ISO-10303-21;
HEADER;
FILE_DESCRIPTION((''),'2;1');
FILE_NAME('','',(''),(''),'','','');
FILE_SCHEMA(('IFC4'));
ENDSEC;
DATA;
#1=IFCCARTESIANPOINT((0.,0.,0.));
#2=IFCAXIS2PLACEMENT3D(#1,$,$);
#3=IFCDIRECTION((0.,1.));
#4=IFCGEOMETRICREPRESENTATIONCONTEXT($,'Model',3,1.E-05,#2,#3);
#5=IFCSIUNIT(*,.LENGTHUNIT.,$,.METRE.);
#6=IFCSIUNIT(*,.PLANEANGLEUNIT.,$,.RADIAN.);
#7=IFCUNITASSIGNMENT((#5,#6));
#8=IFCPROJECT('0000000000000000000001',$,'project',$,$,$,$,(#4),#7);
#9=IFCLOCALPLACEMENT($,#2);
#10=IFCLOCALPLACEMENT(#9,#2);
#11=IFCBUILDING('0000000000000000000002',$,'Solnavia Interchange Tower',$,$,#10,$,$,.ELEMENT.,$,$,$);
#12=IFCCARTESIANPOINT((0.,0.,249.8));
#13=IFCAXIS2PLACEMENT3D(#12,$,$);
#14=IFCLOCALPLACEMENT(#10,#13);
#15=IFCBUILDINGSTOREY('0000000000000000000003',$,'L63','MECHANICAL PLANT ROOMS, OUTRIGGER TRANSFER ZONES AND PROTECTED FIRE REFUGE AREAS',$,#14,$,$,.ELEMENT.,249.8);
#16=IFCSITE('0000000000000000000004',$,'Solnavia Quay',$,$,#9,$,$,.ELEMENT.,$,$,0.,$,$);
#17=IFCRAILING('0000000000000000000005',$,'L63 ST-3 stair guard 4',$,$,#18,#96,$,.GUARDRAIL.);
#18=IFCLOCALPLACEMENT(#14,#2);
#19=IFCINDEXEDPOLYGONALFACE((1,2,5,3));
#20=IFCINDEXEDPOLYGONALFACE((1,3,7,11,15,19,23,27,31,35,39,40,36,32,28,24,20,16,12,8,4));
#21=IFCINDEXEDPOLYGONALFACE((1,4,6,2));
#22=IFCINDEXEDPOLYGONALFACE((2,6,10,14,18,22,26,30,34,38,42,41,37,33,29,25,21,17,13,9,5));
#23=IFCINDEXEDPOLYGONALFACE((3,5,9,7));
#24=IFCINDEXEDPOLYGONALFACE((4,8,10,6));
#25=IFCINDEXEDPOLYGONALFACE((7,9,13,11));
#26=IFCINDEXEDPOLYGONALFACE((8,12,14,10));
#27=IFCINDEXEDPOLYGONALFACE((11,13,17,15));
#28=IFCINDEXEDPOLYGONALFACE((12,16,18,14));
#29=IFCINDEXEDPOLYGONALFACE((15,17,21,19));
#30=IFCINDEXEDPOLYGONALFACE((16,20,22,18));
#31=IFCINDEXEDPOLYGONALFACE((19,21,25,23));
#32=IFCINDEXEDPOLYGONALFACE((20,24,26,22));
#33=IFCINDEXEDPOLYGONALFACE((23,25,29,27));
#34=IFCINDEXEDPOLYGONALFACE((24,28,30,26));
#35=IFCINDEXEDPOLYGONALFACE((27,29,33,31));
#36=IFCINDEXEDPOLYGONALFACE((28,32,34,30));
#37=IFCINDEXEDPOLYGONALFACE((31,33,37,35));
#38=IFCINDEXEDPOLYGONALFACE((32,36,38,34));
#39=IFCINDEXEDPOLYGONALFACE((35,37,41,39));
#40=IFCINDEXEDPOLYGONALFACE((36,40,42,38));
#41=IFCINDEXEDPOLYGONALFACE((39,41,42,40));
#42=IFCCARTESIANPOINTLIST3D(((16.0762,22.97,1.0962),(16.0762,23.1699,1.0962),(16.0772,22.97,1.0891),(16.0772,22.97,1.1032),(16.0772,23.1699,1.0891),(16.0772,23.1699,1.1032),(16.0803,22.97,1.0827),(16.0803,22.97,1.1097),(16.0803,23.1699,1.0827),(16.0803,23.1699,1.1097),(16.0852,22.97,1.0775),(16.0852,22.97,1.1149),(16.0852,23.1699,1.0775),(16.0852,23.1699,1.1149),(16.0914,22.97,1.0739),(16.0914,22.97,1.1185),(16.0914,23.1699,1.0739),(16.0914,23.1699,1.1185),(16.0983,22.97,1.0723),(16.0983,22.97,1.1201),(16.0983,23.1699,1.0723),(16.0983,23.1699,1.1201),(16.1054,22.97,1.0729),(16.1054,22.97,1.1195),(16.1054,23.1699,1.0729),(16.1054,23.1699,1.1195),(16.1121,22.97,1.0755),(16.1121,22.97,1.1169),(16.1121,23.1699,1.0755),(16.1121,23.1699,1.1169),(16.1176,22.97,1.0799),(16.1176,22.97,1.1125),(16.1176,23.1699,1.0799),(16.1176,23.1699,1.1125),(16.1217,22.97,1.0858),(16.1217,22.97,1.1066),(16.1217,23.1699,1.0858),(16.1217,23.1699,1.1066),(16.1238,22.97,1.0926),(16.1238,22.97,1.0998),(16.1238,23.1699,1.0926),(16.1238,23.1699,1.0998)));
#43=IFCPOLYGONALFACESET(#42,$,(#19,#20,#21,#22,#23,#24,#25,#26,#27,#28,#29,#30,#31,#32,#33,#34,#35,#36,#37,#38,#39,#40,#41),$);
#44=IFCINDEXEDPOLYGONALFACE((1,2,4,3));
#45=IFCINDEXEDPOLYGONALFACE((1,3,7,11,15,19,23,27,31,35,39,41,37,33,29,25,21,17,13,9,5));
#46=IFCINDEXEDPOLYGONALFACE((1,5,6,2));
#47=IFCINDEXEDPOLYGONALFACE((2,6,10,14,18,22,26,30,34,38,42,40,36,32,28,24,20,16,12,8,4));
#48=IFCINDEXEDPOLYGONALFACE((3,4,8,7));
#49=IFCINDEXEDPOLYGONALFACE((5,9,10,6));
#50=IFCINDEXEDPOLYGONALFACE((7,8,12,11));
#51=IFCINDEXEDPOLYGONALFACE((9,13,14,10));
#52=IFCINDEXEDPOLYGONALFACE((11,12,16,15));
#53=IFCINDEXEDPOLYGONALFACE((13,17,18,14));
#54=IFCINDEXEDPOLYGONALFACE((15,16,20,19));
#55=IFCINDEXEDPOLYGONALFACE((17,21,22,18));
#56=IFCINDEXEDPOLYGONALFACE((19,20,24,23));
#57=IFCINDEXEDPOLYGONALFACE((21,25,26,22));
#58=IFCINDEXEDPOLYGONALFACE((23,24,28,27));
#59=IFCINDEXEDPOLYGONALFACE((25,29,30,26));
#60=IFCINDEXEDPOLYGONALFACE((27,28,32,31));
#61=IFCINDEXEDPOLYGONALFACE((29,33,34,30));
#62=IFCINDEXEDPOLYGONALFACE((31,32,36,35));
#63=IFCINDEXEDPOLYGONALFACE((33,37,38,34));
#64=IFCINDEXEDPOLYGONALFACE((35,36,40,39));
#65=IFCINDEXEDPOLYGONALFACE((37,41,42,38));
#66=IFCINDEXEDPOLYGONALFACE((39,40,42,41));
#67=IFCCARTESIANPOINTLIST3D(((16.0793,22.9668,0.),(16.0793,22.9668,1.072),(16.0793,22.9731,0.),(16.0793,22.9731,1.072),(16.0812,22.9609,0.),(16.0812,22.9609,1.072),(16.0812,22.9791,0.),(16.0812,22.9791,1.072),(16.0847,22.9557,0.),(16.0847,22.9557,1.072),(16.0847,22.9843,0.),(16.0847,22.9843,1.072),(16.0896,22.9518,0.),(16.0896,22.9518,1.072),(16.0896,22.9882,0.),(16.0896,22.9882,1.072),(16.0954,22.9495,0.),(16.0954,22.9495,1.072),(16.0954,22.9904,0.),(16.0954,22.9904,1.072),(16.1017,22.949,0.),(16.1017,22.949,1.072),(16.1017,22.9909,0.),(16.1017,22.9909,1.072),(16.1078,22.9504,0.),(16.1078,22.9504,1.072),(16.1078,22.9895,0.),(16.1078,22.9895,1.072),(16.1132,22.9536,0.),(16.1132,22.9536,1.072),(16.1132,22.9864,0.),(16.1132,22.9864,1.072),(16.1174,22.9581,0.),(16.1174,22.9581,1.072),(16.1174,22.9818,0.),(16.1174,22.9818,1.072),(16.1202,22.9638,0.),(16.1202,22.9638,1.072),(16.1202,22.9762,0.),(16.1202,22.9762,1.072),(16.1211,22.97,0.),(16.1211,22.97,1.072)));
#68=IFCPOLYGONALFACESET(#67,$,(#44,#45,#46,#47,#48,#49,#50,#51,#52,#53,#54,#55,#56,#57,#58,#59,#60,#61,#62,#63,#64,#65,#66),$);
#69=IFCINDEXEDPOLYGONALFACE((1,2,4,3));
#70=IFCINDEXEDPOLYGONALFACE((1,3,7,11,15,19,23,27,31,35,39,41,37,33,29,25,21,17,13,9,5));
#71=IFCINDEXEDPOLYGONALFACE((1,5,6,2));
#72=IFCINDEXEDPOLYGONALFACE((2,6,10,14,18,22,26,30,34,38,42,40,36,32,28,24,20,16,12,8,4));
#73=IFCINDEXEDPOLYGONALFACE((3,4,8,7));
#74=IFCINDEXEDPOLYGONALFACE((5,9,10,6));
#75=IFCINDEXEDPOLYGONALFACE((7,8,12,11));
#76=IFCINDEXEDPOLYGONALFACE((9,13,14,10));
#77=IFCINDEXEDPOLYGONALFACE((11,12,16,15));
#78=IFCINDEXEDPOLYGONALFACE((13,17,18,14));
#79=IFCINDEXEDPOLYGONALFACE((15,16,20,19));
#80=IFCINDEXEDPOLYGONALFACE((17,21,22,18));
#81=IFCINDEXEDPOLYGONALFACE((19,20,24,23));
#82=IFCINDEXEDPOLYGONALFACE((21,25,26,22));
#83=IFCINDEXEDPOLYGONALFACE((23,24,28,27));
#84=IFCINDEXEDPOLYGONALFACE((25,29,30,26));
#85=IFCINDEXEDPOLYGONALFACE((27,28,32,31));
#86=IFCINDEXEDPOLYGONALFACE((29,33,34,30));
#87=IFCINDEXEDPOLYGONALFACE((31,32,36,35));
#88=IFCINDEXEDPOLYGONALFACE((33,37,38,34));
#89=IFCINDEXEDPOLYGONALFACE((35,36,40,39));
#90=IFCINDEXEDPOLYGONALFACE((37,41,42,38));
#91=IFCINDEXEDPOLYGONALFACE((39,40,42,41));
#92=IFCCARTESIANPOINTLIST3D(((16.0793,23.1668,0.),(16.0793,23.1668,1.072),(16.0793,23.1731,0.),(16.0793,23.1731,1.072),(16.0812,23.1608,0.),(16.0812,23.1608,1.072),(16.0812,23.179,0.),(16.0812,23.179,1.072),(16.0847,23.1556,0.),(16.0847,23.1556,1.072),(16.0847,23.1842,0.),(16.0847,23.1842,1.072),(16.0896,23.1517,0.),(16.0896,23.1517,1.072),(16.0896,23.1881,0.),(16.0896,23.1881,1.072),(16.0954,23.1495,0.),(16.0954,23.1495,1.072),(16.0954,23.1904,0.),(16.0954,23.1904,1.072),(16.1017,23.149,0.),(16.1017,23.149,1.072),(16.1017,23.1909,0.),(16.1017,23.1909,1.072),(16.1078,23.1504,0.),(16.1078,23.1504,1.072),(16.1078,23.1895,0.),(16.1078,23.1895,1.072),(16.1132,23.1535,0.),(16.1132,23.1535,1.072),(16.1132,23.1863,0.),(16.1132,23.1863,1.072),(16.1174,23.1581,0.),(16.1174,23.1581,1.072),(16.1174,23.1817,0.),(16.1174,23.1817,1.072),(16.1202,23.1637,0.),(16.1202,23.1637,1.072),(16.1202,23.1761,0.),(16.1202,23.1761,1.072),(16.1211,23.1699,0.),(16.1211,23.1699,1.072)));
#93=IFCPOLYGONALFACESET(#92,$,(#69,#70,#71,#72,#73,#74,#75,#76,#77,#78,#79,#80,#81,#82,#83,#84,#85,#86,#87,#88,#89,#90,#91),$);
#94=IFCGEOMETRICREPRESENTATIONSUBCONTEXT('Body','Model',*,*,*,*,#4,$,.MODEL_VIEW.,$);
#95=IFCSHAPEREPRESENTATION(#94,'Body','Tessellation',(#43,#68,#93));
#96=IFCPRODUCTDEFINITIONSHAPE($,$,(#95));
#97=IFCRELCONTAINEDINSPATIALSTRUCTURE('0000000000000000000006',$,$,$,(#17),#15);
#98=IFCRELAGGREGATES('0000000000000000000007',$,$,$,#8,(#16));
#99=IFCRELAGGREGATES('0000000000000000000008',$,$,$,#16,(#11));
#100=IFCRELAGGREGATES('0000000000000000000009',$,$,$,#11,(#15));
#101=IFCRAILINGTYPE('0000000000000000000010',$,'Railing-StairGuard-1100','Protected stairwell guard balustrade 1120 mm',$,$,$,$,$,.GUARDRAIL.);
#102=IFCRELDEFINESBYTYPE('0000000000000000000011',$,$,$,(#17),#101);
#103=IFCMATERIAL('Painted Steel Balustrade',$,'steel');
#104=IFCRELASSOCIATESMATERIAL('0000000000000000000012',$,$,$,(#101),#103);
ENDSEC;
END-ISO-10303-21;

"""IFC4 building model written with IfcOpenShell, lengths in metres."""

from ifc_helpers import new_model, si_unit, direction, frame, origin, origin_2d, place, context, subcontext, project, spatial, circle, extrude, material, type_object, element, save


model = new_model("IFC4")

# Units and contexts
model_context = context("Model", 3, precision=1e-05, world=origin(), true_north=direction((0.0, 1.0)))
body_context = subcontext(model_context, "Body", "Model", "MODEL_VIEW")
ifc_project = project(units=[si_unit("LENGTHUNIT", "METRE"), si_unit("PLANEANGLEUNIT", "RADIAN")], contexts=[model_context])

# Site, building, storey
site_placement = place(None, origin())
site = spatial("IfcSite", under=ifc_project, at=site_placement, Name="Solnavia Quay", CompositionType="ELEMENT", RefElevation=0.0)
building_placement = place(site_placement, origin())
building = spatial("IfcBuilding", under=site, at=building_placement, Name="Solnavia Interchange Tower", CompositionType="ELEMENT")
storey_placement = place(building_placement, frame((0.0, 0.0, 249.8)))
storey = spatial("IfcBuildingStorey", under=building, at=storey_placement, Name="L63", Description="MECHANICAL PLANT ROOMS, OUTRIGGER TRANSFER ZONES AND PROTECTED FIRE REFUGE AREAS", CompositionType="ELEMENT", Elevation=249.8)

# Railing
ifc_material_1 = material(Name="Painted Steel Balustrade", Category="steel")
railing_type_1 = type_object("IfcRailingType", Name="Railing-StairGuard-1100", Description="Protected stairwell guard balustrade 1120 mm", PredefinedType="GUARDRAIL", material=ifc_material_1)
railing_1_placement = place(storey_placement, frame((16.1001, 22.97, 0.0)))
element("IfcRailing", 1, at=railing_1_placement, inside=storey, type_object=railing_type_1, Name="L63 ST-3 stair guard 4", PredefinedType="GUARDRAIL", context=body_context, shape_type="SweptSolid", body=[
    extrude(circle(Radius=0.0239, at=origin_2d()), frame((0.0, 0.0, 1.0962), z_axis=(0.0, 1.0, 0.0), x_axis=(-1.0, 0.0, 0.0)), (0.0, 0.0, 1.0), 0.2),
    extrude(circle(Radius=0.021, at=origin_2d()), origin(), (0.0, 0.0, 1.0), 1.072),
    extrude(circle(Radius=0.021, at=origin_2d()), frame((0.0, 0.2, 0.0)), (0.0, 0.0, 1.0), 1.072),
])

save(model, "model.ifc")
